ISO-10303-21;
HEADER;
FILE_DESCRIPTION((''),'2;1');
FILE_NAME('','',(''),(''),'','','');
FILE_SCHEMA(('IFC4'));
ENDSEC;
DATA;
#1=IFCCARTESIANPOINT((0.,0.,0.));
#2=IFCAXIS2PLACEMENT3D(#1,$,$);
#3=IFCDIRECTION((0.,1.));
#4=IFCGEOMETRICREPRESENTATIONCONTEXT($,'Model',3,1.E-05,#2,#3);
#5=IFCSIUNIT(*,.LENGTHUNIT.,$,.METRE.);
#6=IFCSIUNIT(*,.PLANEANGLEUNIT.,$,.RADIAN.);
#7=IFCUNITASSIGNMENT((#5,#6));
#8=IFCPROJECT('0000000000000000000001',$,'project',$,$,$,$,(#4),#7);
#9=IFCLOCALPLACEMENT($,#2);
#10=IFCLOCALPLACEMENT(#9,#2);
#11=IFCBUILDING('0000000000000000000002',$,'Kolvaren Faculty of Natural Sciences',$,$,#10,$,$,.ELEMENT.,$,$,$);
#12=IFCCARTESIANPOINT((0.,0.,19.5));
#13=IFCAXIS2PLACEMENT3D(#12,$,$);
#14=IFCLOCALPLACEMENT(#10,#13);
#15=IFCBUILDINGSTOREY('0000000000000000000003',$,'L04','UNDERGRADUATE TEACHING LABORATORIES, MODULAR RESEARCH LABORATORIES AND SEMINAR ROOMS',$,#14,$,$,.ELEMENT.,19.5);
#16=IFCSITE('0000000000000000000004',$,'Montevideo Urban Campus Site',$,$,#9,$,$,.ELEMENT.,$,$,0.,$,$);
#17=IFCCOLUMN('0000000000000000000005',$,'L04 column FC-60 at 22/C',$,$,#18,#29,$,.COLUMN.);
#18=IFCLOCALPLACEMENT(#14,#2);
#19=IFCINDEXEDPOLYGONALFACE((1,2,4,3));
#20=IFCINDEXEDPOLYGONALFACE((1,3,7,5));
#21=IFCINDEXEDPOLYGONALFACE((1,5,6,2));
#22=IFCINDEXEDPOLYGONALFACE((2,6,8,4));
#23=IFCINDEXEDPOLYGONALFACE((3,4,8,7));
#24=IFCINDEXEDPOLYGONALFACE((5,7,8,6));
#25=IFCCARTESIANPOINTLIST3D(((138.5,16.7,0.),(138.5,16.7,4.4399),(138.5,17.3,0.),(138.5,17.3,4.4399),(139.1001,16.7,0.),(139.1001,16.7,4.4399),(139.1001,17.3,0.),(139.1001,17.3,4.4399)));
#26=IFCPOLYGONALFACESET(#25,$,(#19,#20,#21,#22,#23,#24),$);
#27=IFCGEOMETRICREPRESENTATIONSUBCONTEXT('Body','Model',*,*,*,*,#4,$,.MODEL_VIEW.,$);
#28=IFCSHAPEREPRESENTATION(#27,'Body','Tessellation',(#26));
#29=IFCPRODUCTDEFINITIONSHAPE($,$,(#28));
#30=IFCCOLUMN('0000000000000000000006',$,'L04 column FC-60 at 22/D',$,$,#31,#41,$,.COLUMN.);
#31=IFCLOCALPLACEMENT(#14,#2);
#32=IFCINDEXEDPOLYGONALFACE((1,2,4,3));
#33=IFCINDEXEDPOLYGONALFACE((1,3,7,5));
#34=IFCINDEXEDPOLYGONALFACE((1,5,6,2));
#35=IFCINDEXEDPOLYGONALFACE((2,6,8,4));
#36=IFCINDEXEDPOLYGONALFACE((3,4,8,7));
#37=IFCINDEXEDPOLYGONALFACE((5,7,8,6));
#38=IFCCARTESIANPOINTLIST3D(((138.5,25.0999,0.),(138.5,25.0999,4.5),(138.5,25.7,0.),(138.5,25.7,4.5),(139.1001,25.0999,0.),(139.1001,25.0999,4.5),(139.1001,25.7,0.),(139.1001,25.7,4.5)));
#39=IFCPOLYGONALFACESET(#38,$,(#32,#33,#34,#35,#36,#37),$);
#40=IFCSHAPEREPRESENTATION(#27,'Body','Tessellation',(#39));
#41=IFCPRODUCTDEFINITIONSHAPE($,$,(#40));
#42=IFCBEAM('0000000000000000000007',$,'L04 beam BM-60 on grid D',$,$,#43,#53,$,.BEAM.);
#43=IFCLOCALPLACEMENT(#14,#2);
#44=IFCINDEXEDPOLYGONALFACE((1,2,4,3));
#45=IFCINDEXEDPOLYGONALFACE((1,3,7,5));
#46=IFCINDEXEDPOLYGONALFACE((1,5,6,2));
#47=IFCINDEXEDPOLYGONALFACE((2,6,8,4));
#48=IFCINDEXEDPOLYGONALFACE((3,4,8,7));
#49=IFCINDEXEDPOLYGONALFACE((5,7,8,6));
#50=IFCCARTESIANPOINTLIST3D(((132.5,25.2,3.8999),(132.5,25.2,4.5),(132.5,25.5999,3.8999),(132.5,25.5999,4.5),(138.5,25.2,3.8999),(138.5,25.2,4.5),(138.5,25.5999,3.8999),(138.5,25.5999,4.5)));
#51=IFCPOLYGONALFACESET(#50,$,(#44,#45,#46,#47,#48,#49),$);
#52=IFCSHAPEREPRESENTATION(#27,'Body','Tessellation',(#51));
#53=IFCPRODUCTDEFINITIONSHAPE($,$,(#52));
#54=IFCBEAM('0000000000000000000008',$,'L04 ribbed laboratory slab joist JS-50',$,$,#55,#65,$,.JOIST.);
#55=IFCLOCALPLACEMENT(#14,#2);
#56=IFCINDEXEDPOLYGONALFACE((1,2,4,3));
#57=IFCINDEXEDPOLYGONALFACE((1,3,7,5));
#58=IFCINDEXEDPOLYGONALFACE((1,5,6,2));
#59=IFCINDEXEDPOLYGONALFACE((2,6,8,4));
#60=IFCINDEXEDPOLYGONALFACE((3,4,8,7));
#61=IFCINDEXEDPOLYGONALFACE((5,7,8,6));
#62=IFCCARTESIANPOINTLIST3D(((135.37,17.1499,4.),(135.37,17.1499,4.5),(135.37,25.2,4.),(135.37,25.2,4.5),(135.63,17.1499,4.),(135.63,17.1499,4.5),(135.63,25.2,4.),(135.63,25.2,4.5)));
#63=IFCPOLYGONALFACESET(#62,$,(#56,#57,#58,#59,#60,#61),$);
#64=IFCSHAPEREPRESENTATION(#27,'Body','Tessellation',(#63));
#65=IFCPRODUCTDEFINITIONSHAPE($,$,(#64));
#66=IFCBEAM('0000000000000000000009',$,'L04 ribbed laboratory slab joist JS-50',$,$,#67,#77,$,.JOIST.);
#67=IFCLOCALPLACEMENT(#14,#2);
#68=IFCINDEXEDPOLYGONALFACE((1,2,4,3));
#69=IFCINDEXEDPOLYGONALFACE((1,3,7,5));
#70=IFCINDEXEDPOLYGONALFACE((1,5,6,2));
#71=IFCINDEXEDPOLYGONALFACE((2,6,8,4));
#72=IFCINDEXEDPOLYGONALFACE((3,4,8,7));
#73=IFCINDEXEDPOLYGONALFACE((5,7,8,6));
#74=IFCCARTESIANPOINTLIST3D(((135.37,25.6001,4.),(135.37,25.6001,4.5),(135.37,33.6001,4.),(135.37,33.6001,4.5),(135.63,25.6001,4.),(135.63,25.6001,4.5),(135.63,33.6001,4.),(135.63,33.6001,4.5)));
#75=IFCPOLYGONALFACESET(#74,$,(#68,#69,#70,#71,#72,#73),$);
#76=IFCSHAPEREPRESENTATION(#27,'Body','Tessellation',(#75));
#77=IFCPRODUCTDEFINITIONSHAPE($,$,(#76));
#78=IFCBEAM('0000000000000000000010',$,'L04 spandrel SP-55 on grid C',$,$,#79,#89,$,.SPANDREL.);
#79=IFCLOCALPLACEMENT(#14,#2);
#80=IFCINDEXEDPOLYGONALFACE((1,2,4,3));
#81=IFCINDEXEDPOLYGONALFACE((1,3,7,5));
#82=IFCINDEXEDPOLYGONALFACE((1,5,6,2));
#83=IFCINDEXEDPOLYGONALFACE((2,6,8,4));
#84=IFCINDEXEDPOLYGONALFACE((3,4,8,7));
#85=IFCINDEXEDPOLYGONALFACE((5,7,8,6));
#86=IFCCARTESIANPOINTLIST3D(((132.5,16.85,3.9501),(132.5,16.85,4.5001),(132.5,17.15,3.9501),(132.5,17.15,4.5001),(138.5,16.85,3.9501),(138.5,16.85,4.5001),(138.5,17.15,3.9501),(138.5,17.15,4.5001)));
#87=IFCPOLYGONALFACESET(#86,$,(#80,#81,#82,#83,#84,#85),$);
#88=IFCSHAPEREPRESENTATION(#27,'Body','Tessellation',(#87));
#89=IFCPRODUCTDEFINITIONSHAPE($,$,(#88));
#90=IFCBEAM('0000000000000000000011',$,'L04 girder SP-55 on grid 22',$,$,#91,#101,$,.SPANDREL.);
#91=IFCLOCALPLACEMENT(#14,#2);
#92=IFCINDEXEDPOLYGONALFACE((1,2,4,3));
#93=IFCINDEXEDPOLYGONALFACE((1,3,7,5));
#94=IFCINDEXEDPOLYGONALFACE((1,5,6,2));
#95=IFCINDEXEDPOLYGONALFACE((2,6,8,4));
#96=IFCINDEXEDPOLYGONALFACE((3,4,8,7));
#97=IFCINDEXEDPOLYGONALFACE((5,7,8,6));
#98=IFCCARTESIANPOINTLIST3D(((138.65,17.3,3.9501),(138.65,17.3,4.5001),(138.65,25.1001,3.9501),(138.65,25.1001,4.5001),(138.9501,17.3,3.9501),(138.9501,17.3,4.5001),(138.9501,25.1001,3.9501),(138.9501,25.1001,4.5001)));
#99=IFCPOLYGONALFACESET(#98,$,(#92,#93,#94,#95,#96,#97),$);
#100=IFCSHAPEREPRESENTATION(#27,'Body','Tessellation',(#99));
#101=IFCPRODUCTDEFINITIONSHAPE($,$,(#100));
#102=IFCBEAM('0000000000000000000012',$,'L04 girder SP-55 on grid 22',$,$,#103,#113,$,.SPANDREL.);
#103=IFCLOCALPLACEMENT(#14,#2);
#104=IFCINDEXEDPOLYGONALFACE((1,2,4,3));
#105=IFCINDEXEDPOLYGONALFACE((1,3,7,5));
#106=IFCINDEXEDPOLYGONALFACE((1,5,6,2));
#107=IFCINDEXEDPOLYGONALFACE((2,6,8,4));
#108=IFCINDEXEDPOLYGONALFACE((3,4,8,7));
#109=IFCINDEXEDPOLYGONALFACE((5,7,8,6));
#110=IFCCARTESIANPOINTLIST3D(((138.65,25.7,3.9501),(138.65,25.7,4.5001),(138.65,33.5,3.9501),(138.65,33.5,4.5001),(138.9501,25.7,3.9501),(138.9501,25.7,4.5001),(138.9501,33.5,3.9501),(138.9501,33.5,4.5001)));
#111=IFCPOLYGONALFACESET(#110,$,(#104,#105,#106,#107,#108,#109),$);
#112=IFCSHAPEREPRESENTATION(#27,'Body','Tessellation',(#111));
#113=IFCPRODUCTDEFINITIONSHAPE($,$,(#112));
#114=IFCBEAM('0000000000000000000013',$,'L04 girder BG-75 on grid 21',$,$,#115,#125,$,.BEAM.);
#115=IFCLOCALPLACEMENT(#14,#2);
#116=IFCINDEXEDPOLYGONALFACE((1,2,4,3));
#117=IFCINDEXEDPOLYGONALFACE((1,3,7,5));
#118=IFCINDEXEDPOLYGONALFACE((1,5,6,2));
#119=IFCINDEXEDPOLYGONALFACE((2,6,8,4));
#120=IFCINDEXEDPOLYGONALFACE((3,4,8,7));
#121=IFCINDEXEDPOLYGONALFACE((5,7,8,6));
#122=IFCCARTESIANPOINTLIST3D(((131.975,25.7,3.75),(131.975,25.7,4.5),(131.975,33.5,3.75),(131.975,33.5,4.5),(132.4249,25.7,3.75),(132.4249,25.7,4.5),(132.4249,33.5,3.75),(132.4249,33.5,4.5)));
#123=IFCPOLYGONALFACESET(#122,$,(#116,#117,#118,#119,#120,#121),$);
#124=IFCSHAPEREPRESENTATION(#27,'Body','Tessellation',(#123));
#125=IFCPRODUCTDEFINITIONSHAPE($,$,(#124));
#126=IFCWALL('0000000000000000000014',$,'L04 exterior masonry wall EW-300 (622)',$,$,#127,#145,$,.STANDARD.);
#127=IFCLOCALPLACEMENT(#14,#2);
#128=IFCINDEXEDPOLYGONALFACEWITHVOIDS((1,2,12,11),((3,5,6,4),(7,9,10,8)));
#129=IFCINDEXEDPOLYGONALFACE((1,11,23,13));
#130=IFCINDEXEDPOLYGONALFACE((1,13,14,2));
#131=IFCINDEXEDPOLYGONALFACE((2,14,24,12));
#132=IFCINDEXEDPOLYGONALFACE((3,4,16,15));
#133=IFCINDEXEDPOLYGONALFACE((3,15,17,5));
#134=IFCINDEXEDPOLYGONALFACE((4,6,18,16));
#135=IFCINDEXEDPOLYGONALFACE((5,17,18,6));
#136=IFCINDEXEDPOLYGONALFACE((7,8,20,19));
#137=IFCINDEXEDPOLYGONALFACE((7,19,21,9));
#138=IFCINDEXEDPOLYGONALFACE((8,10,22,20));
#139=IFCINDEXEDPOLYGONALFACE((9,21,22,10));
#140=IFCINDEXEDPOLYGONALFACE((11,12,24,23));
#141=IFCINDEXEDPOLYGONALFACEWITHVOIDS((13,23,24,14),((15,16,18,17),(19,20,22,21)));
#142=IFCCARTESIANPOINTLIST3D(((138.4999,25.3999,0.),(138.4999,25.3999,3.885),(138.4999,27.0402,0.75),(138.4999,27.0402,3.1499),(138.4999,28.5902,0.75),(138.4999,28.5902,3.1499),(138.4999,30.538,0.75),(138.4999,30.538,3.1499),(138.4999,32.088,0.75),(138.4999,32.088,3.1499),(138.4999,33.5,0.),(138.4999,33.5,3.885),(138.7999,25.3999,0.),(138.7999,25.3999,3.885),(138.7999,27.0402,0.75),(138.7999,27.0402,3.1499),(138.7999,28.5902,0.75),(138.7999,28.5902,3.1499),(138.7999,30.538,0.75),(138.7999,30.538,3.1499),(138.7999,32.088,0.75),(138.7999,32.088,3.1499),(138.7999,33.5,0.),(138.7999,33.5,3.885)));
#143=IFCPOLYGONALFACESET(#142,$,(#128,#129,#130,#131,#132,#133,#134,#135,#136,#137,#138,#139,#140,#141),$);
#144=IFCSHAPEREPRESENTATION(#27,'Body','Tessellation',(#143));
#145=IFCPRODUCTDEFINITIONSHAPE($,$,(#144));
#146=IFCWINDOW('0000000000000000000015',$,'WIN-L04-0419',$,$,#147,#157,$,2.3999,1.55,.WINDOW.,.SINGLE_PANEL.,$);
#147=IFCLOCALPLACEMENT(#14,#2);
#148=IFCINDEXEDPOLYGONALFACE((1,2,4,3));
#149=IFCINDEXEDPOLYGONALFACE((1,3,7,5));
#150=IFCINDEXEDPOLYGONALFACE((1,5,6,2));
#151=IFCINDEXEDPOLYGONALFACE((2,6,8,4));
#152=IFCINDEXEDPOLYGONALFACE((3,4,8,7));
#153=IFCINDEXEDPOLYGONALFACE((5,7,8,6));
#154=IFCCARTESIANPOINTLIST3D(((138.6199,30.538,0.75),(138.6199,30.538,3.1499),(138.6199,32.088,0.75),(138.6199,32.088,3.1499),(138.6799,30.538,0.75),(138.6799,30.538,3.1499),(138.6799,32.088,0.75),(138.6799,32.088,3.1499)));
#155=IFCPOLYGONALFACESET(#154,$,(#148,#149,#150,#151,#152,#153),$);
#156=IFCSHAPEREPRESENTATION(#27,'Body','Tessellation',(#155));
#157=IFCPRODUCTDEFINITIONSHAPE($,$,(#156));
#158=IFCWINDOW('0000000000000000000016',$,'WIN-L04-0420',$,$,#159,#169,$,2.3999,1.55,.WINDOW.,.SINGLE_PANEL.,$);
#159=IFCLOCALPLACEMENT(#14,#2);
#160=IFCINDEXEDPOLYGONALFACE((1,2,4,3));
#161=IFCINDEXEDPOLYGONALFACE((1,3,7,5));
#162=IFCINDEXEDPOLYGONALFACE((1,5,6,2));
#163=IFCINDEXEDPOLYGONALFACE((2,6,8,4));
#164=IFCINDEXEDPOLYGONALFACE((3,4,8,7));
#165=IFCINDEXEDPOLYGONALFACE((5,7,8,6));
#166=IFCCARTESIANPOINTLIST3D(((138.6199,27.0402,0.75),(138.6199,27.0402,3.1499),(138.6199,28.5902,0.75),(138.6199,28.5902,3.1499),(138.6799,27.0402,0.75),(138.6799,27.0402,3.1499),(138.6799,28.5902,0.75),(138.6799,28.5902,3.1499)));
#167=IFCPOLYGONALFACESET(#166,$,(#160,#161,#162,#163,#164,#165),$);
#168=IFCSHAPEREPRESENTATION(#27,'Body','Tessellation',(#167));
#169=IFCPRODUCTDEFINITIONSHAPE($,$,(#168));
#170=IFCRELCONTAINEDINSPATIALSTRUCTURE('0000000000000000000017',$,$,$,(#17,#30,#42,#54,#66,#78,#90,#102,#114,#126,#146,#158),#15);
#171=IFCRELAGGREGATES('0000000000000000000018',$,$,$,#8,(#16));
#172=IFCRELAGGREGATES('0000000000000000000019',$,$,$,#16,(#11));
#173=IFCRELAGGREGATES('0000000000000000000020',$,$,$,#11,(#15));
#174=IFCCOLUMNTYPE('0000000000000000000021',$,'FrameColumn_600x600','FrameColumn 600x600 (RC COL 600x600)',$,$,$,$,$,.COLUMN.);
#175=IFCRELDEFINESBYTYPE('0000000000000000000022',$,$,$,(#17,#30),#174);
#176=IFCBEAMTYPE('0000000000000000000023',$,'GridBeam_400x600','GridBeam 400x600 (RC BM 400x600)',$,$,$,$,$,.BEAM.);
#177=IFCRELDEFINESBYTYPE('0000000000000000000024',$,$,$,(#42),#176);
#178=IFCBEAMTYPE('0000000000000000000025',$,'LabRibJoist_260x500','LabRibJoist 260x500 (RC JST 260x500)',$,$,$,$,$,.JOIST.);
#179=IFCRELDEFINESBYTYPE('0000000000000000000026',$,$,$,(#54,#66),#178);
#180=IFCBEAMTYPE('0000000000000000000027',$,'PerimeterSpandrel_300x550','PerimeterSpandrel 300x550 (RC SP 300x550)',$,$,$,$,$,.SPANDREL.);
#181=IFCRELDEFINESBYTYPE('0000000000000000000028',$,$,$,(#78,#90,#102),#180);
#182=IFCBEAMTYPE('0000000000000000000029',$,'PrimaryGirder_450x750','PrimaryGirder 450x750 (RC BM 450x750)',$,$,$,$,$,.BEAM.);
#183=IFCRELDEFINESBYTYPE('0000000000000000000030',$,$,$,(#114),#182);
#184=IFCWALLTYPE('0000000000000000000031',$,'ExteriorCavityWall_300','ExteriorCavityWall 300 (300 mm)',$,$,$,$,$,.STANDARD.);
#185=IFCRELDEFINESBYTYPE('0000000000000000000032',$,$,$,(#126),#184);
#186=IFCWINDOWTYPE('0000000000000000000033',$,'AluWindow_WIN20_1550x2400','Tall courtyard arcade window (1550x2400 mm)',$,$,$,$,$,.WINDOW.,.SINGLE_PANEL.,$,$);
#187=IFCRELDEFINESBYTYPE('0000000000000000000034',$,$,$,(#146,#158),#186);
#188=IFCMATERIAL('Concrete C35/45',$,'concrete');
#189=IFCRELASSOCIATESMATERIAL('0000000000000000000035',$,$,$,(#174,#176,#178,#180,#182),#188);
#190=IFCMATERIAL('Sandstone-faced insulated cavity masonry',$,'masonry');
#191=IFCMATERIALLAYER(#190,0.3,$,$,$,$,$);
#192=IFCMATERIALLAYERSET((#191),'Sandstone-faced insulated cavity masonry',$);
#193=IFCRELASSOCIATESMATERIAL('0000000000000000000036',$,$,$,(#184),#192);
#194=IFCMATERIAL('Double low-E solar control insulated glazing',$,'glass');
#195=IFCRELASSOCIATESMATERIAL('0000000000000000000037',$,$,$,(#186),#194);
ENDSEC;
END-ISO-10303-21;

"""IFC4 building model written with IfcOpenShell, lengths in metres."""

from ifc_helpers import new_model, si_unit, direction, frame, frame_2d, origin, origin_2d, place, context, subcontext, project, spatial, rectangle, extrude, material, layer, layer_set, material_profile, profile_set, type_object, element, fill, save


model = new_model("IFC4")

# Units and contexts
model_context = context("Model", 3, precision=1e-05, world=origin(), true_north=direction((0.0, 1.0)))
body_context = subcontext(model_context, "Body", "Model", "MODEL_VIEW")
ifc_project = project(units=[si_unit("LENGTHUNIT", "METRE"), si_unit("PLANEANGLEUNIT", "RADIAN")], contexts=[model_context])

# Site, building, storey
site_placement = place(None, origin())
site = spatial("IfcSite", under=ifc_project, at=site_placement, Name="Montevideo Urban Campus Site", CompositionType="ELEMENT", RefElevation=0.0)
building_placement = place(site_placement, origin())
building = spatial("IfcBuilding", under=site, at=building_placement, Name="Kolvaren Faculty of Natural Sciences", CompositionType="ELEMENT")
storey_placement = place(building_placement, frame((0.0, 0.0, 19.5)))
storey = spatial("IfcBuildingStorey", under=building, at=storey_placement, Name="L04", Description="UNDERGRADUATE TEACHING LABORATORIES, MODULAR RESEARCH LABORATORIES AND SEMINAR ROOMS", CompositionType="ELEMENT", Elevation=19.5)

# Columns
ifc_material_1 = material(Name="Concrete C35/45", Category="concrete")
ifc_material_profile_1 = material_profile(ifc_material_1, rectangle(XDim=0.6001, YDim=0.6001, at=origin_2d()), Name="RC COL 600x600")
ifc_profile_set_1 = profile_set([ifc_material_profile_1], Name="Concrete C35/45")
column_type = type_object("IfcColumnType", Name="FrameColumn_600x600", Description="FrameColumn 600x600 (RC COL 600x600)", PredefinedType="COLUMN", material=ifc_profile_set_1)
column_1_placement = place(storey_placement, frame((138.8, 17.0, 0.0), z_axis=(0.0, 0.0, 1.0), x_axis=(1.0, 0.0, 0.0)))
element("IfcColumn", 1, at=column_1_placement, inside=storey, type_object=column_type, Name="L04 column FC-60 at 22/C", PredefinedType="COLUMN", context=body_context, shape_type="SweptSolid", body=[
    extrude(rectangle(XDim=0.6001, YDim=0.6001, at=origin_2d()), origin(), (0.0, 0.0, 1.0), 4.4399),
])
column_2_placement = place(storey_placement, frame((138.8, 25.3999, 0.0), z_axis=(0.0, 0.0, 1.0), x_axis=(1.0, 0.0, 0.0)))
element("IfcColumn", 2, at=column_2_placement, inside=storey, type_object=column_type, Name="L04 column FC-60 at 22/D", PredefinedType="COLUMN", context=body_context, shape_type="SweptSolid", body=[
    extrude(rectangle(XDim=0.6001, YDim=0.6001, at=origin_2d()), origin(), (0.0, 0.0, 1.0), 4.5),
])

# Beams
ifc_material_profile_2 = material_profile(ifc_material_1, rectangle(XDim=0.3999, YDim=0.6001, at=origin_2d()), Name="RC BM 400x600")
ifc_profile_set_2 = profile_set([ifc_material_profile_2], Name="Concrete C35/45")
beam_type_1 = type_object("IfcBeamType", Name="GridBeam_400x600", Description="GridBeam 400x600 (RC BM 400x600)", PredefinedType="BEAM", material=ifc_profile_set_2)
beam_1_placement = place(storey_placement, frame((132.5, 25.3999, 4.2), z_axis=(1.0, 0.0, 0.0), x_axis=(0.0, 1.0, 0.0)))
element("IfcBeam", 3, at=beam_1_placement, inside=storey, type_object=beam_type_1, Name="L04 beam BM-60 on grid D", PredefinedType="BEAM", context=body_context, shape_type="SweptSolid", body=[
    extrude(rectangle(XDim=0.3999, YDim=0.6001, at=origin_2d()), origin(), (0.0, 0.0, 1.0), 6.0),
])
ifc_material_profile_3 = material_profile(ifc_material_1, rectangle(XDim=0.26, YDim=0.5, at=origin_2d()), Name="RC JST 260x500")
ifc_profile_set_3 = profile_set([ifc_material_profile_3], Name="Concrete C35/45")
beam_type_2 = type_object("IfcBeamType", Name="LabRibJoist_260x500", Description="LabRibJoist 260x500 (RC JST 260x500)", PredefinedType="JOIST", material=ifc_profile_set_3)
beam_2_placement = place(storey_placement, frame((135.5, 17.1499, 4.25), z_axis=(0.0, 1.0, 0.0), x_axis=(-1.0, 0.0, 0.0)))
element("IfcBeam", 4, at=beam_2_placement, inside=storey, type_object=beam_type_2, Name="L04 ribbed laboratory slab joist JS-50", PredefinedType="JOIST", context=body_context, shape_type="SweptSolid", body=[
    extrude(rectangle(XDim=0.26, YDim=0.5, at=origin_2d()), origin(), (0.0, 0.0, 1.0), 8.05),
])
beam_3_placement = place(storey_placement, frame((135.5, 25.6001, 4.25), z_axis=(0.0, 1.0, 0.0), x_axis=(-1.0, 0.0, 0.0)))
element("IfcBeam", 5, at=beam_3_placement, inside=storey, type_object=beam_type_2, Name="L04 ribbed laboratory slab joist JS-50", PredefinedType="JOIST", context=body_context, shape_type="SweptSolid", body=[
    extrude(rectangle(XDim=0.26, YDim=0.5, at=origin_2d()), origin(), (0.0, 0.0, 1.0), 8.0),
])
ifc_material_profile_4 = material_profile(ifc_material_1, rectangle(XDim=0.3, YDim=0.55, at=origin_2d()), Name="RC SP 300x550")
ifc_profile_set_4 = profile_set([ifc_material_profile_4], Name="Concrete C35/45")
beam_type_3 = type_object("IfcBeamType", Name="PerimeterSpandrel_300x550", Description="PerimeterSpandrel 300x550 (RC SP 300x550)", PredefinedType="SPANDREL", material=ifc_profile_set_4)
beam_4_placement = place(storey_placement, frame((132.5, 17.0, 4.2251), z_axis=(1.0, 0.0, 0.0), x_axis=(0.0, 1.0, 0.0)))
element("IfcBeam", 6, at=beam_4_placement, inside=storey, type_object=beam_type_3, Name="L04 spandrel SP-55 on grid C", PredefinedType="SPANDREL", context=body_context, shape_type="SweptSolid", body=[
    extrude(rectangle(XDim=0.3, YDim=0.55, at=origin_2d()), origin(), (0.0, 0.0, 1.0), 6.0),
])
for number, where, z_axis, x_axis, name in (
    (7, (138.8, 17.3, 4.2251), (0.0, 1.0, 0.0), (-1.0, 0.0, 0.0), "L04 girder SP-55 on grid 22"),
    (8, (138.8, 25.7, 4.2251), (0.0, 1.0, 0.0), (-1.0, 0.0, 0.0), "L04 girder SP-55 on grid 22"),
):
    element("IfcBeam", number, at=place(storey_placement, frame(where, z_axis=z_axis, x_axis=x_axis)), inside=storey, type_object=beam_type_3, Name=name, PredefinedType="SPANDREL", context=body_context, shape_type="SweptSolid", body=[
        extrude(rectangle(XDim=0.3, YDim=0.55, at=origin_2d()), origin(), (0.0, 0.0, 1.0), 7.8),
    ])
ifc_material_profile_5 = material_profile(ifc_material_1, rectangle(XDim=0.45, YDim=0.75, at=origin_2d()), Name="RC BM 450x750")
ifc_profile_set_5 = profile_set([ifc_material_profile_5], Name="Concrete C35/45")
beam_type_4 = type_object("IfcBeamType", Name="PrimaryGirder_450x750", Description="PrimaryGirder 450x750 (RC BM 450x750)", PredefinedType="BEAM", material=ifc_profile_set_5)
beam_5_placement = place(storey_placement, frame((132.2, 25.7, 4.125), z_axis=(0.0, 1.0, 0.0), x_axis=(-1.0, 0.0, 0.0)))
element("IfcBeam", 9, at=beam_5_placement, inside=storey, type_object=beam_type_4, Name="L04 girder BG-75 on grid 21", PredefinedType="BEAM", context=body_context, shape_type="SweptSolid", body=[
    extrude(rectangle(XDim=0.45, YDim=0.75, at=origin_2d()), origin(), (0.0, 0.0, 1.0), 7.8),
])

# Wall, openings, windows
ifc_material_2 = material(Name="Sandstone-faced insulated cavity masonry", Category="masonry")
ifc_layer_1 = layer(ifc_material_2, 0.3)
ifc_layer_set_1 = layer_set([ifc_layer_1], Name="Sandstone-faced insulated cavity masonry")
wall_type_1 = type_object("IfcWallType", Name="ExteriorCavityWall_300", Description="ExteriorCavityWall 300 (300 mm)", PredefinedType="STANDARD", material=ifc_layer_set_1)
wall_1_placement = place(storey_placement, frame((138.6499, 33.5, 0.0), z_axis=(0.0, 0.0, 1.0), x_axis=(0.0, -1.0, 0.0)))
wall_1 = element("IfcWall", 10, at=wall_1_placement, inside=storey, type_object=wall_type_1, Name="L04 exterior masonry wall EW-300 (622)", PredefinedType="STANDARD", context=body_context, shape_type="SweptSolid", body=[
    extrude(rectangle(XDim=8.1001, YDim=0.3, at=frame_2d((4.05, 0.0))), origin(), (0.0, 0.0, 1.0), 3.885),
])
opening_1_placement = place(wall_1_placement, frame((1.4121, 0.0, 0.75)))
opening_1 = element("IfcOpeningElement", 11, at=opening_1_placement, cuts=wall_1, PredefinedType="OPENING", context=body_context, shape_type="SweptSolid", body=[
    extrude(rectangle(XDim=1.55, YDim=2.3999, at=frame_2d((0.7749, 1.2))), frame((0.0, 0.1599, 0.0), z_axis=(0.0, -1.0, 0.0), x_axis=(1.0, 0.0, 0.0)), (0.0, 0.0, 1.0), 0.3201),
])
opening_2_placement = place(wall_1_placement, frame((4.9099, 0.0, 0.75)))
opening_2 = element("IfcOpeningElement", 12, at=opening_2_placement, cuts=wall_1, PredefinedType="OPENING", context=body_context, shape_type="SweptSolid", body=[
    extrude(rectangle(XDim=1.55, YDim=2.3999, at=frame_2d((0.7749, 1.2))), frame((0.0, 0.1599, 0.0), z_axis=(0.0, -1.0, 0.0), x_axis=(1.0, 0.0, 0.0)), (0.0, 0.0, 1.0), 0.3201),
])
ifc_material_3 = material(Name="Double low-E solar control insulated glazing", Category="glass")
window_type_1 = type_object("IfcWindowType", Name="AluWindow_WIN20_1550x2400", Description="Tall courtyard arcade window (1550x2400 mm)", PartitioningType="SINGLE_PANEL", PredefinedType="WINDOW", material=ifc_material_3)
window_1_placement = place(opening_1_placement, origin())
window_1 = element("IfcWindow", 13, at=window_1_placement, inside=storey, type_object=window_type_1, Name="WIN-L04-0419", OverallHeight=2.3999, OverallWidth=1.55, PartitioningType="SINGLE_PANEL", PredefinedType="WINDOW", context=body_context, shape_type="SweptSolid", body=[
    extrude(rectangle(XDim=1.55, YDim=2.3999, at=frame_2d((0.7749, 1.2))), frame((0.0, 0.03, 0.0), z_axis=(0.0, -1.0, 0.0), x_axis=(1.0, 0.0, 0.0)), (0.0, 0.0, 1.0), 0.0601),
])
fill(opening_1, window_1)
window_2_placement = place(opening_2_placement, origin())
window_2 = element("IfcWindow", 14, at=window_2_placement, inside=storey, type_object=window_type_1, Name="WIN-L04-0420", OverallHeight=2.3999, OverallWidth=1.55, PartitioningType="SINGLE_PANEL", PredefinedType="WINDOW", context=body_context, shape_type="SweptSolid", body=[
    extrude(rectangle(XDim=1.55, YDim=2.3999, at=frame_2d((0.7749, 1.2))), frame((0.0, 0.03, 0.0), z_axis=(0.0, -1.0, 0.0), x_axis=(1.0, 0.0, 0.0)), (0.0, 0.0, 1.0), 0.0601),
])
fill(opening_2, window_2)

save(model, "model.ifc")
